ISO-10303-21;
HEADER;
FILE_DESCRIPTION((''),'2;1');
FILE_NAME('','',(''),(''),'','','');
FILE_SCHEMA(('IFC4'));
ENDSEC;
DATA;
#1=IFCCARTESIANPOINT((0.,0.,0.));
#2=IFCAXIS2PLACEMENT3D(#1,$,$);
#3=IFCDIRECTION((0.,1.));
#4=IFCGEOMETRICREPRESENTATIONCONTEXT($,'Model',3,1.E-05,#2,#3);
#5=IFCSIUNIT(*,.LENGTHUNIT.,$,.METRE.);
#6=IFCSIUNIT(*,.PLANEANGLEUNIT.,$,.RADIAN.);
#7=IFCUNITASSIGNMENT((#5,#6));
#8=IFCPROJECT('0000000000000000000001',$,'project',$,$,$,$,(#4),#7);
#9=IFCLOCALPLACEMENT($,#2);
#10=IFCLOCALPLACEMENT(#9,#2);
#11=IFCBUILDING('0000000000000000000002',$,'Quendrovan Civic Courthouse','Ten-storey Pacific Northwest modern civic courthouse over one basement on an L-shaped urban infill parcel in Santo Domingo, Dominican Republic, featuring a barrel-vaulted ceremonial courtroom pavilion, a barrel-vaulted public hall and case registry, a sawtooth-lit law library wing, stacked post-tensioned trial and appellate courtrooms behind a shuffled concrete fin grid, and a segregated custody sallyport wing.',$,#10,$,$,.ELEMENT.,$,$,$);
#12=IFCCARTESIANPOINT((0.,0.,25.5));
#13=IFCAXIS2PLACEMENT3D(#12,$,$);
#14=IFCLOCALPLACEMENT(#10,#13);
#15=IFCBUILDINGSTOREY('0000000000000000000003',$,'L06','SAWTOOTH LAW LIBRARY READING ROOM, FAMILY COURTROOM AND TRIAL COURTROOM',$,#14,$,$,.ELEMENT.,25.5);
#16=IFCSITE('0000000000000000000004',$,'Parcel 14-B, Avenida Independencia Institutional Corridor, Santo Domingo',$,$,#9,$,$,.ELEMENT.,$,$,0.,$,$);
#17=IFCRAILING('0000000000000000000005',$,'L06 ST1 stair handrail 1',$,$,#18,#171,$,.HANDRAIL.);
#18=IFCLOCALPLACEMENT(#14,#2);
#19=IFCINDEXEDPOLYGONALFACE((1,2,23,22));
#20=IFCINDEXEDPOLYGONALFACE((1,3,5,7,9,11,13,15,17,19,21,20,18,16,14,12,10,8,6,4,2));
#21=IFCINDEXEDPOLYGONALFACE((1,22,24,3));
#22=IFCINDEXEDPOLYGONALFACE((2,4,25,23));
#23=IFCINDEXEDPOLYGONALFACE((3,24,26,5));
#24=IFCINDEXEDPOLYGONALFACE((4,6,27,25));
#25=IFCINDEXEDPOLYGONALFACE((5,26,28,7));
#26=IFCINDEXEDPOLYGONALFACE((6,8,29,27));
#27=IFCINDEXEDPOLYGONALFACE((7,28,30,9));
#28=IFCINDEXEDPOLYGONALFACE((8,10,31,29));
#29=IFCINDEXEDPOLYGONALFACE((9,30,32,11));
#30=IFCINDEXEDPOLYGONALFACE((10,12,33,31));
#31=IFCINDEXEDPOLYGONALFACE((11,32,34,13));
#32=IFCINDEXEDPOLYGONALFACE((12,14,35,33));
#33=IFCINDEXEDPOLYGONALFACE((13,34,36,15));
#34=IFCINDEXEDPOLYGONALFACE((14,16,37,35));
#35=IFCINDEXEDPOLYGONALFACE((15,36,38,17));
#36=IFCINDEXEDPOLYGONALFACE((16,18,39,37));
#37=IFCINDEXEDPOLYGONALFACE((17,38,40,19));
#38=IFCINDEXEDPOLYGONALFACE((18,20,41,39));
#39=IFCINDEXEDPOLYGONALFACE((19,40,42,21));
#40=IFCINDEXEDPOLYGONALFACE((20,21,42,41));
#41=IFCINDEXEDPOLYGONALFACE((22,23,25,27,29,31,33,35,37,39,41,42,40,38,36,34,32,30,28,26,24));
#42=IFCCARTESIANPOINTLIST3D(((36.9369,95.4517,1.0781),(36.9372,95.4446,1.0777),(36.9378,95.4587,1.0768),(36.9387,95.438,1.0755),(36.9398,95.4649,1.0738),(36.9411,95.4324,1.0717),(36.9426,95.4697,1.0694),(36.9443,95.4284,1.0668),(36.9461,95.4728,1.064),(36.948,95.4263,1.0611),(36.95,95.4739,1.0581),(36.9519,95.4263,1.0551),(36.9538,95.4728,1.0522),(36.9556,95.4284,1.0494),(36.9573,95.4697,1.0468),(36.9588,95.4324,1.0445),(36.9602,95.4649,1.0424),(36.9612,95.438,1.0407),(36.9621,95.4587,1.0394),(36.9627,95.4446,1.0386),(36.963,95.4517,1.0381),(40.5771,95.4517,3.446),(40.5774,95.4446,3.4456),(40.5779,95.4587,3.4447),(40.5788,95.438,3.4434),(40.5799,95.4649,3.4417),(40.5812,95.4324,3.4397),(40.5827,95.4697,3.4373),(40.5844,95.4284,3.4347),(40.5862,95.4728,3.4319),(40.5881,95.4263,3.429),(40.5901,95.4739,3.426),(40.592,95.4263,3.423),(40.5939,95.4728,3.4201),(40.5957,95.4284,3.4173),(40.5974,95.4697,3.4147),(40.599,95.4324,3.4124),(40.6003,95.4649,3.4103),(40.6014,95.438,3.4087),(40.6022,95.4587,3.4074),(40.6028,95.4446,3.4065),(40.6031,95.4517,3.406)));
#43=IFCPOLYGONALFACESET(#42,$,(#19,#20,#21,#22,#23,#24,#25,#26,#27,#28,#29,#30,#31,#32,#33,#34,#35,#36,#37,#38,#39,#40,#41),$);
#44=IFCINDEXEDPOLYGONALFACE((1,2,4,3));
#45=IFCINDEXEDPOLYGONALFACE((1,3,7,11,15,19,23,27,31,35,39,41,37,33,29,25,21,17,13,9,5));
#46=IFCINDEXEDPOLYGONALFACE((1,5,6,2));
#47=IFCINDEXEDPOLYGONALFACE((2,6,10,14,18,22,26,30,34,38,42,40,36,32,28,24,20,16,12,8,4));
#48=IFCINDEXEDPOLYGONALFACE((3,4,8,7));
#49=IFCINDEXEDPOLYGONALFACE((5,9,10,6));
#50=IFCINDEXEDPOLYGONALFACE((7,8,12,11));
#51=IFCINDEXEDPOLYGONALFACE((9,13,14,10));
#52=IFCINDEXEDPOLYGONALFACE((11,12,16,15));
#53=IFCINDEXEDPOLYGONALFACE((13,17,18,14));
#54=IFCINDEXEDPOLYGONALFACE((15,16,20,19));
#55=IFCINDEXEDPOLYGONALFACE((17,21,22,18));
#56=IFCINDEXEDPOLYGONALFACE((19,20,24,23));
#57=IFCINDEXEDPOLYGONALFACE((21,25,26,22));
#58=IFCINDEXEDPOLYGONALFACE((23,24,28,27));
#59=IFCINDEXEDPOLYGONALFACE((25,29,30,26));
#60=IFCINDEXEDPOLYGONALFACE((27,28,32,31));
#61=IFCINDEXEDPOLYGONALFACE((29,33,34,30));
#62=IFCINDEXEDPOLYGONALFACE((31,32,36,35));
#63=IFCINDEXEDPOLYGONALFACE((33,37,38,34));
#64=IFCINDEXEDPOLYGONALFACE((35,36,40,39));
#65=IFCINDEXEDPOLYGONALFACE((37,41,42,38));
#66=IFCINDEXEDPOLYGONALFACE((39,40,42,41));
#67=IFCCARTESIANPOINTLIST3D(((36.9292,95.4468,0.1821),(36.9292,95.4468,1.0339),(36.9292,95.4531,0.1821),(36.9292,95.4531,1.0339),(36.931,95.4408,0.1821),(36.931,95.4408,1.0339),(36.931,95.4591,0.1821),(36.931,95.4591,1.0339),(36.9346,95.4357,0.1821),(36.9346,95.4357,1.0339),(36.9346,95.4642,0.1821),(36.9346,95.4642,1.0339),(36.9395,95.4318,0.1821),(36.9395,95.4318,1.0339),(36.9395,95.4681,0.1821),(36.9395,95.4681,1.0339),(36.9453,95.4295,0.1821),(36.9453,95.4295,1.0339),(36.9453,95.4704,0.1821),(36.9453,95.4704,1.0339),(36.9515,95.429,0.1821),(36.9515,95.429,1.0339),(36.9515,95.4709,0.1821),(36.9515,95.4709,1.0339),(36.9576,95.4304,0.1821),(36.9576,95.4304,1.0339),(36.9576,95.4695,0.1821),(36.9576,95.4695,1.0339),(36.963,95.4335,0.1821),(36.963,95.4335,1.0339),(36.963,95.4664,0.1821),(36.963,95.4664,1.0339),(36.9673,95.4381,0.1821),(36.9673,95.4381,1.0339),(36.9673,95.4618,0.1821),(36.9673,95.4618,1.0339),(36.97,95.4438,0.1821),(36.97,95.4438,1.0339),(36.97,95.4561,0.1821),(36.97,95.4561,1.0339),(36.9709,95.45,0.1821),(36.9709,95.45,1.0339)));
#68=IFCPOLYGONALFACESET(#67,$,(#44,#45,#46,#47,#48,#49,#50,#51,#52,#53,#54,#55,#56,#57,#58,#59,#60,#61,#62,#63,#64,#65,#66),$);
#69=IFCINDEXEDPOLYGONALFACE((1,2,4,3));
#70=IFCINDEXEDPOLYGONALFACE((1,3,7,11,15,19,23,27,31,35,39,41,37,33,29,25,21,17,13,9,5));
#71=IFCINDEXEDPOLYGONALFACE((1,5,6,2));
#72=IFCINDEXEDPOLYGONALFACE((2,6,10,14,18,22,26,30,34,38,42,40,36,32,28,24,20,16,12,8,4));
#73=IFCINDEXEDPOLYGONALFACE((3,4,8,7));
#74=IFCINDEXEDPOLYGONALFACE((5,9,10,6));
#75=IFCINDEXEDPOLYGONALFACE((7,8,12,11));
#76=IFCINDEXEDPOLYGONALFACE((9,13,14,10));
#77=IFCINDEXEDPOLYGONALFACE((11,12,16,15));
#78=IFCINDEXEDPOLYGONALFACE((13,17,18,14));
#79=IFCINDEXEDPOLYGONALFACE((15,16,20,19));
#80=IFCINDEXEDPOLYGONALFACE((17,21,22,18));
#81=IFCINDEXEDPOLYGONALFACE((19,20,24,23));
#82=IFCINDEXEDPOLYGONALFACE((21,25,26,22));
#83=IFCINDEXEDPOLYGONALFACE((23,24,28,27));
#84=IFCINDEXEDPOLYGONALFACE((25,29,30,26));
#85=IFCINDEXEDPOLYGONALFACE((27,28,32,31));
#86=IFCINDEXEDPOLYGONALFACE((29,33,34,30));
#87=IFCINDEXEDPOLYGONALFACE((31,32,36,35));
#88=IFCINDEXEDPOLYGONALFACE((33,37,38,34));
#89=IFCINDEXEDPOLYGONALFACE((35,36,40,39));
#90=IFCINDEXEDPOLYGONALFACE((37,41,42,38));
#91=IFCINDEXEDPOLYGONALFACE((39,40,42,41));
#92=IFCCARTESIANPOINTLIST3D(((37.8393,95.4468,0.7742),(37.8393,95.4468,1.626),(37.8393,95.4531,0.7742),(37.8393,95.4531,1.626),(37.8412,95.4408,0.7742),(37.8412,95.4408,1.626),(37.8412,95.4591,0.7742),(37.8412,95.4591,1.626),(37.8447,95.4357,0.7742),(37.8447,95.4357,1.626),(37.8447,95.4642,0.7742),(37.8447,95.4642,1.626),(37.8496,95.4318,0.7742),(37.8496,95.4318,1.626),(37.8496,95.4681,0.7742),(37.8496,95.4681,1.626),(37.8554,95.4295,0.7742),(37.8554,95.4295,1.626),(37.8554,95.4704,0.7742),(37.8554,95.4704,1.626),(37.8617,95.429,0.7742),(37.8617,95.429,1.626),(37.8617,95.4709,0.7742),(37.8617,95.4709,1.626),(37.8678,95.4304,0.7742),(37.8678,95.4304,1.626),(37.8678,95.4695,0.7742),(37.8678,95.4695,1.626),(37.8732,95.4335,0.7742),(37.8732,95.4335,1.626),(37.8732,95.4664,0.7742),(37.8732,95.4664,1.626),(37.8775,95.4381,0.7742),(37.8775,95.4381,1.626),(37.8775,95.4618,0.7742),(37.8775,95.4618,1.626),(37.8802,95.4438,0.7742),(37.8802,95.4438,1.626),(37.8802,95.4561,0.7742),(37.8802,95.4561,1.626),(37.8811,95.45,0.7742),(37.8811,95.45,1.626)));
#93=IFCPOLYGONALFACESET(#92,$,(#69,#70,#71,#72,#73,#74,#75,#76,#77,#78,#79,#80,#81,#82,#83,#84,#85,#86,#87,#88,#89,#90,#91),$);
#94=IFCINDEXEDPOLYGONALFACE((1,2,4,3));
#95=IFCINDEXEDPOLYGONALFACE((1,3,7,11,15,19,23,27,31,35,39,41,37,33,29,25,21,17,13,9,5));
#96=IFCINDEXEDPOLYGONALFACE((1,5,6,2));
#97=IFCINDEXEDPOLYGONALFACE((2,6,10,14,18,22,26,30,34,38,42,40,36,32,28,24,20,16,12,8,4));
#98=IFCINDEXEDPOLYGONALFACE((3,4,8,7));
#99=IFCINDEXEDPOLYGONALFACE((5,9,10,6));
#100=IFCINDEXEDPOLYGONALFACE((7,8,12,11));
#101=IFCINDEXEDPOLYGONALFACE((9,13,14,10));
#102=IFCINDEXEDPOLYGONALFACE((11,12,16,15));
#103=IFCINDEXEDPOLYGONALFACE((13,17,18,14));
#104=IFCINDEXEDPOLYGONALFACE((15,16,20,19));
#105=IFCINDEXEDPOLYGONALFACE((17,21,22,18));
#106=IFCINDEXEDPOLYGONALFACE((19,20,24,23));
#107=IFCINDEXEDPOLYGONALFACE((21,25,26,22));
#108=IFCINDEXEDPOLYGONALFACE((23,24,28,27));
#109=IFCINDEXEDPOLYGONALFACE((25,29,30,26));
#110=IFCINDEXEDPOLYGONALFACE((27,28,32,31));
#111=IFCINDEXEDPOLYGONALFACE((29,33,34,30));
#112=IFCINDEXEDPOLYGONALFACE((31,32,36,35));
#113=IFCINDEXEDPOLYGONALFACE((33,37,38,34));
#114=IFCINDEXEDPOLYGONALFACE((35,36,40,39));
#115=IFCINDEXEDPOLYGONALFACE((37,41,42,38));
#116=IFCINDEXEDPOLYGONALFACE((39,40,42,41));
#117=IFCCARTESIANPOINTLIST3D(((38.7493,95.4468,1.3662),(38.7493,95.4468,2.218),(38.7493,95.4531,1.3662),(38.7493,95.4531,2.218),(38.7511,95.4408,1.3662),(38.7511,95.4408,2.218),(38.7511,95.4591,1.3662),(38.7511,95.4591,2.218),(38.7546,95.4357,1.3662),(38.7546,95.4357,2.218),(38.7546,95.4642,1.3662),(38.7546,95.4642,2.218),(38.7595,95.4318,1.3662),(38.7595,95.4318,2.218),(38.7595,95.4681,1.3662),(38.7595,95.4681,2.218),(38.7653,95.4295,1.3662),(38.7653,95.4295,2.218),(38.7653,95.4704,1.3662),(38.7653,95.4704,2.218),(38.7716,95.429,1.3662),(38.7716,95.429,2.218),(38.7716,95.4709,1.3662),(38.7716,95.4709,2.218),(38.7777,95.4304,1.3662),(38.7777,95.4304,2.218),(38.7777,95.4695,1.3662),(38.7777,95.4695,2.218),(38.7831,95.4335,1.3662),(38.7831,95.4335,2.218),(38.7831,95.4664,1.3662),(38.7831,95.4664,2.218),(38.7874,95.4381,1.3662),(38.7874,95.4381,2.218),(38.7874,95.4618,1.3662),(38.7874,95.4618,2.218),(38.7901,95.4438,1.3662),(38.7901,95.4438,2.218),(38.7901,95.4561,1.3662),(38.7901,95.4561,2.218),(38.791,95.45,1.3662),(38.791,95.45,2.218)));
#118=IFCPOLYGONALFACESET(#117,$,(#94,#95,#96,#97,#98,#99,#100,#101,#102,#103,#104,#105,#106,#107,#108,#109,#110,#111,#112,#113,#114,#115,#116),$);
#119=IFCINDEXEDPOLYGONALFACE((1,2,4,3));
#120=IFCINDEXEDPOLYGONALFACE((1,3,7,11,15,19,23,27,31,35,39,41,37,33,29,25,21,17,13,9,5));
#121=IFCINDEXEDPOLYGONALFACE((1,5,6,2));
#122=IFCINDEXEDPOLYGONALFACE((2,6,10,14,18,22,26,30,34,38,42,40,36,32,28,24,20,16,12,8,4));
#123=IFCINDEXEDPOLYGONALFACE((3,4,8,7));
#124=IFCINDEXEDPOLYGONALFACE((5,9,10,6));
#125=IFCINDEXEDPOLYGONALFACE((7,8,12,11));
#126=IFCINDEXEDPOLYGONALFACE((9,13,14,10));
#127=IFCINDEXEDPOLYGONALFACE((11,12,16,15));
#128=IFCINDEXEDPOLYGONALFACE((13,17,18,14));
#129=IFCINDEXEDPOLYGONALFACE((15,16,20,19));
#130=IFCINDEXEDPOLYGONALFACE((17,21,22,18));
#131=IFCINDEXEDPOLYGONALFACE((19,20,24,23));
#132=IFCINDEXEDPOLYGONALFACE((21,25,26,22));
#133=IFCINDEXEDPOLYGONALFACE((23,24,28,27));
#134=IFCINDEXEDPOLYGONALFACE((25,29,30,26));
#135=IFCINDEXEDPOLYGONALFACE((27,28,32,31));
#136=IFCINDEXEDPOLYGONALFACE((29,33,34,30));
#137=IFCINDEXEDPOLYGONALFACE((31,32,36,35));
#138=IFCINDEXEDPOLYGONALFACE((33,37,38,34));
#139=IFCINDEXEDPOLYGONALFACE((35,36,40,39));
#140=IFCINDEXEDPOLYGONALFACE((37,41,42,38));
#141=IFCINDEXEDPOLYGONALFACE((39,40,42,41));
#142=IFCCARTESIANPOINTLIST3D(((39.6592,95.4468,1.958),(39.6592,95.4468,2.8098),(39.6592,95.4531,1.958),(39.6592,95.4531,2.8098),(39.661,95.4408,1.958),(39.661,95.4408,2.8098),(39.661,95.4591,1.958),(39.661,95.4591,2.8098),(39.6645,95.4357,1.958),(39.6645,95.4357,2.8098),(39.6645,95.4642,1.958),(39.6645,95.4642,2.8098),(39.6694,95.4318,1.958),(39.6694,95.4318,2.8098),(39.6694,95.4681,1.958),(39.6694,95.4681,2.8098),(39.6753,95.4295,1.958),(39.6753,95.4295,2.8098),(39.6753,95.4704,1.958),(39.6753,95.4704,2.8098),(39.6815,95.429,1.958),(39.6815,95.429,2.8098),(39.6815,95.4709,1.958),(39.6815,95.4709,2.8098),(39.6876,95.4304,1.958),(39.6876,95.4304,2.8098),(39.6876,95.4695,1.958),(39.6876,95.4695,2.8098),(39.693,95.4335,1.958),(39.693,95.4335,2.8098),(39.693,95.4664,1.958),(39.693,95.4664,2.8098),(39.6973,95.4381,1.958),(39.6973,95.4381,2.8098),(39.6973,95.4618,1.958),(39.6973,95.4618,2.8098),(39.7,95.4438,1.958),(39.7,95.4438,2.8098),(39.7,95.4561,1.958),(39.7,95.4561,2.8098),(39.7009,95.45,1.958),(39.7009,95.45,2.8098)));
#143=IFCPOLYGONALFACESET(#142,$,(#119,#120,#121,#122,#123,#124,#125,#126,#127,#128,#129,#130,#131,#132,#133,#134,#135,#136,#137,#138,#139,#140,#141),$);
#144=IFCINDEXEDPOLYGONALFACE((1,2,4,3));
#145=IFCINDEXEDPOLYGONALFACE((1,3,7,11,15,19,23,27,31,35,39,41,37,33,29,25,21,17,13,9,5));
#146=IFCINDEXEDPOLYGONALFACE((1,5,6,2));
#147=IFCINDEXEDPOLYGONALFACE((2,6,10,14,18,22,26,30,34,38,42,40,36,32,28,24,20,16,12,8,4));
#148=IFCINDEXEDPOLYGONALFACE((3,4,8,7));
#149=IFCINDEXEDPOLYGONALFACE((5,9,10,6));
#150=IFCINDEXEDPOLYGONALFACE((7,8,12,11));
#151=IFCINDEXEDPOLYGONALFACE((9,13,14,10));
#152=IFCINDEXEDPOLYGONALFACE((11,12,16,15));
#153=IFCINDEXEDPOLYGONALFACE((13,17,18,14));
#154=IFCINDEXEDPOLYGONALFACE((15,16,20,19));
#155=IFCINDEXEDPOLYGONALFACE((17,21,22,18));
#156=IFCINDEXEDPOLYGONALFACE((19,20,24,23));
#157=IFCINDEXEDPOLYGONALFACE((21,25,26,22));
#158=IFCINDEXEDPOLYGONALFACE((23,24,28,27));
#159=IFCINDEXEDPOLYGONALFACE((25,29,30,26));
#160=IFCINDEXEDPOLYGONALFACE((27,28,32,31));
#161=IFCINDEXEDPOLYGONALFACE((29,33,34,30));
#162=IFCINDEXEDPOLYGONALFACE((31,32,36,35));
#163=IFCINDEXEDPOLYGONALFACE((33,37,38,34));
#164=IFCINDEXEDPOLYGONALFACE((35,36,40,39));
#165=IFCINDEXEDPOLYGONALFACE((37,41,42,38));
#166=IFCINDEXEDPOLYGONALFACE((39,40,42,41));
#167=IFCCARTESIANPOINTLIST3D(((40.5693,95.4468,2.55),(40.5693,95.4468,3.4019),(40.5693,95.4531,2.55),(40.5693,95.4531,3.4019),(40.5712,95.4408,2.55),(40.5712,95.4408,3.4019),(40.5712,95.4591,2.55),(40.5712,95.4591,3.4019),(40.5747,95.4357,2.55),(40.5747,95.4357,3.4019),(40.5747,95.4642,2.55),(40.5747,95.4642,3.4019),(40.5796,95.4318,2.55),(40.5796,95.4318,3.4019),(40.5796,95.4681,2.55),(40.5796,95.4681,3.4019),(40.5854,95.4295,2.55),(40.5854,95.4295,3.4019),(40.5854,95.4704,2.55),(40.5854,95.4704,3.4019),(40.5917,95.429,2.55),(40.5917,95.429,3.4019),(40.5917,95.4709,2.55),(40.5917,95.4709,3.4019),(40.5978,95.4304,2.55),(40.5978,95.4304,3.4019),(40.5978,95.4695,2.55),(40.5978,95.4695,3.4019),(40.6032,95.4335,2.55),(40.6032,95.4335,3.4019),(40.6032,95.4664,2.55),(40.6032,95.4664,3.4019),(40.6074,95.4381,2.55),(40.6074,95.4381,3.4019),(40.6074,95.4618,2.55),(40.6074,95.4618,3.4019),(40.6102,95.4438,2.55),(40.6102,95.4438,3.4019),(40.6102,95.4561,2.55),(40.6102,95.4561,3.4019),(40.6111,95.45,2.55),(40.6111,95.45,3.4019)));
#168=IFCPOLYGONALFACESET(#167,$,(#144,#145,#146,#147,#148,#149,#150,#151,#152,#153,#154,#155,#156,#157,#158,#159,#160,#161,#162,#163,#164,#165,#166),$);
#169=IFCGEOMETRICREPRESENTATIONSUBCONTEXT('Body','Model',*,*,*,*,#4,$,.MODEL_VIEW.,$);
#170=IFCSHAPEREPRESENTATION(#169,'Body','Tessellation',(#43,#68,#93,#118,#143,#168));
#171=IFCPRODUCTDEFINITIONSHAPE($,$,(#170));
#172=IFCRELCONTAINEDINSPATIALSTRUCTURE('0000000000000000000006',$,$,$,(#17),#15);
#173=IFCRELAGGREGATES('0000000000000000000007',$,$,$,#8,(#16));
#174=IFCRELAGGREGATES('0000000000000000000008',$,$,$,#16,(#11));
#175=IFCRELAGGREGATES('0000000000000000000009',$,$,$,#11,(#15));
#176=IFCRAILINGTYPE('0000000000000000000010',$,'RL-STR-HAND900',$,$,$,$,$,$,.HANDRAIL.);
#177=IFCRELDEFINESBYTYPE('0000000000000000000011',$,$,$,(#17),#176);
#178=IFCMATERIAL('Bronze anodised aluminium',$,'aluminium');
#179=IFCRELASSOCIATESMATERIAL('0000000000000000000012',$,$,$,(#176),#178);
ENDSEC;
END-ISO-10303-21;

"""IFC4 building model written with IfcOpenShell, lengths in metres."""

from ifc_helpers import new_model, si_unit, direction, frame, origin, origin_2d, place, context, subcontext, project, spatial, circle, extrude, material, type_object, element, save


model = new_model("IFC4")

# Units and contexts
model_context = context("Model", 3, precision=1e-05, world=origin(), true_north=direction((0.0, 1.0)))
body_context = subcontext(model_context, "Body", "Model", "MODEL_VIEW")
ifc_project = project(units=[si_unit("LENGTHUNIT", "METRE"), si_unit("PLANEANGLEUNIT", "RADIAN")], contexts=[model_context])

# Site, building, storey
site_placement = place(None, origin())
site = spatial("IfcSite", under=ifc_project, at=site_placement, Name="Parcel 14-B, Avenida Independencia Institutional Corridor, Santo Domingo", CompositionType="ELEMENT", RefElevation=0.0)
building_placement = place(site_placement, origin())
building = spatial("IfcBuilding", under=site, at=building_placement, Name="Quendrovan Civic Courthouse", Description="Ten-storey Pacific Northwest modern civic courthouse over one basement on an L-shaped urban infill parcel in Santo Domingo, Dominican Republic, featuring a barrel-vaulted ceremonial courtroom pavilion, a barrel-vaulted public hall and case registry, a sawtooth-lit law library wing, stacked post-tensioned trial and appellate courtrooms behind a shuffled concrete fin grid, and a segregated custody sallyport wing.", CompositionType="ELEMENT")
storey_placement = place(building_placement, frame((0.0, 0.0, 25.5)))
storey = spatial("IfcBuildingStorey", under=building, at=storey_placement, Name="L06", Description="SAWTOOTH LAW LIBRARY READING ROOM, FAMILY COURTROOM AND TRIAL COURTROOM", CompositionType="ELEMENT", Elevation=25.5)

# Railing
ifc_material_1 = material(Name="Bronze anodised aluminium", Category="aluminium")
railing_type_1 = type_object("IfcRailingType", Name="RL-STR-HAND900", PredefinedType="HANDRAIL", material=ifc_material_1)
railing_1_placement = place(storey_placement, frame((36.95, 95.45, 0.1821)))
element("IfcRailing", 1, at=railing_1_placement, inside=storey, type_object=railing_type_1, Name="L06 ST1 stair handrail 1", PredefinedType="HANDRAIL", context=body_context, shape_type="SweptSolid", body=[
    extrude(circle(Radius=0.0239, at=origin_2d()), frame((0.0, 0.0, 0.876), z_axis=(0.838251, 0.0, 0.545285), x_axis=(0.0, 1.0, 0.0)), (0.0, 0.0, 1.0), 4.3425),
    extrude(circle(Radius=0.021, at=origin_2d()), origin(), (0.0, 0.0, 1.0), 0.8518),
    extrude(circle(Radius=0.021, at=origin_2d()), frame((0.9102, 0.0, 0.592)), (0.0, 0.0, 1.0), 0.8518),
    extrude(circle(Radius=0.021, at=origin_2d()), frame((1.8201, 0.0, 1.1841)), (0.0, 0.0, 1.0), 0.8518),
    extrude(circle(Radius=0.021, at=origin_2d()), frame((2.73, 0.0, 1.7759)), (0.0, 0.0, 1.0), 0.8518),
    extrude(circle(Radius=0.021, at=origin_2d()), frame((3.6401, 0.0, 2.3679)), (0.0, 0.0, 1.0), 0.8518),
])

save(model, "model.ifc")
